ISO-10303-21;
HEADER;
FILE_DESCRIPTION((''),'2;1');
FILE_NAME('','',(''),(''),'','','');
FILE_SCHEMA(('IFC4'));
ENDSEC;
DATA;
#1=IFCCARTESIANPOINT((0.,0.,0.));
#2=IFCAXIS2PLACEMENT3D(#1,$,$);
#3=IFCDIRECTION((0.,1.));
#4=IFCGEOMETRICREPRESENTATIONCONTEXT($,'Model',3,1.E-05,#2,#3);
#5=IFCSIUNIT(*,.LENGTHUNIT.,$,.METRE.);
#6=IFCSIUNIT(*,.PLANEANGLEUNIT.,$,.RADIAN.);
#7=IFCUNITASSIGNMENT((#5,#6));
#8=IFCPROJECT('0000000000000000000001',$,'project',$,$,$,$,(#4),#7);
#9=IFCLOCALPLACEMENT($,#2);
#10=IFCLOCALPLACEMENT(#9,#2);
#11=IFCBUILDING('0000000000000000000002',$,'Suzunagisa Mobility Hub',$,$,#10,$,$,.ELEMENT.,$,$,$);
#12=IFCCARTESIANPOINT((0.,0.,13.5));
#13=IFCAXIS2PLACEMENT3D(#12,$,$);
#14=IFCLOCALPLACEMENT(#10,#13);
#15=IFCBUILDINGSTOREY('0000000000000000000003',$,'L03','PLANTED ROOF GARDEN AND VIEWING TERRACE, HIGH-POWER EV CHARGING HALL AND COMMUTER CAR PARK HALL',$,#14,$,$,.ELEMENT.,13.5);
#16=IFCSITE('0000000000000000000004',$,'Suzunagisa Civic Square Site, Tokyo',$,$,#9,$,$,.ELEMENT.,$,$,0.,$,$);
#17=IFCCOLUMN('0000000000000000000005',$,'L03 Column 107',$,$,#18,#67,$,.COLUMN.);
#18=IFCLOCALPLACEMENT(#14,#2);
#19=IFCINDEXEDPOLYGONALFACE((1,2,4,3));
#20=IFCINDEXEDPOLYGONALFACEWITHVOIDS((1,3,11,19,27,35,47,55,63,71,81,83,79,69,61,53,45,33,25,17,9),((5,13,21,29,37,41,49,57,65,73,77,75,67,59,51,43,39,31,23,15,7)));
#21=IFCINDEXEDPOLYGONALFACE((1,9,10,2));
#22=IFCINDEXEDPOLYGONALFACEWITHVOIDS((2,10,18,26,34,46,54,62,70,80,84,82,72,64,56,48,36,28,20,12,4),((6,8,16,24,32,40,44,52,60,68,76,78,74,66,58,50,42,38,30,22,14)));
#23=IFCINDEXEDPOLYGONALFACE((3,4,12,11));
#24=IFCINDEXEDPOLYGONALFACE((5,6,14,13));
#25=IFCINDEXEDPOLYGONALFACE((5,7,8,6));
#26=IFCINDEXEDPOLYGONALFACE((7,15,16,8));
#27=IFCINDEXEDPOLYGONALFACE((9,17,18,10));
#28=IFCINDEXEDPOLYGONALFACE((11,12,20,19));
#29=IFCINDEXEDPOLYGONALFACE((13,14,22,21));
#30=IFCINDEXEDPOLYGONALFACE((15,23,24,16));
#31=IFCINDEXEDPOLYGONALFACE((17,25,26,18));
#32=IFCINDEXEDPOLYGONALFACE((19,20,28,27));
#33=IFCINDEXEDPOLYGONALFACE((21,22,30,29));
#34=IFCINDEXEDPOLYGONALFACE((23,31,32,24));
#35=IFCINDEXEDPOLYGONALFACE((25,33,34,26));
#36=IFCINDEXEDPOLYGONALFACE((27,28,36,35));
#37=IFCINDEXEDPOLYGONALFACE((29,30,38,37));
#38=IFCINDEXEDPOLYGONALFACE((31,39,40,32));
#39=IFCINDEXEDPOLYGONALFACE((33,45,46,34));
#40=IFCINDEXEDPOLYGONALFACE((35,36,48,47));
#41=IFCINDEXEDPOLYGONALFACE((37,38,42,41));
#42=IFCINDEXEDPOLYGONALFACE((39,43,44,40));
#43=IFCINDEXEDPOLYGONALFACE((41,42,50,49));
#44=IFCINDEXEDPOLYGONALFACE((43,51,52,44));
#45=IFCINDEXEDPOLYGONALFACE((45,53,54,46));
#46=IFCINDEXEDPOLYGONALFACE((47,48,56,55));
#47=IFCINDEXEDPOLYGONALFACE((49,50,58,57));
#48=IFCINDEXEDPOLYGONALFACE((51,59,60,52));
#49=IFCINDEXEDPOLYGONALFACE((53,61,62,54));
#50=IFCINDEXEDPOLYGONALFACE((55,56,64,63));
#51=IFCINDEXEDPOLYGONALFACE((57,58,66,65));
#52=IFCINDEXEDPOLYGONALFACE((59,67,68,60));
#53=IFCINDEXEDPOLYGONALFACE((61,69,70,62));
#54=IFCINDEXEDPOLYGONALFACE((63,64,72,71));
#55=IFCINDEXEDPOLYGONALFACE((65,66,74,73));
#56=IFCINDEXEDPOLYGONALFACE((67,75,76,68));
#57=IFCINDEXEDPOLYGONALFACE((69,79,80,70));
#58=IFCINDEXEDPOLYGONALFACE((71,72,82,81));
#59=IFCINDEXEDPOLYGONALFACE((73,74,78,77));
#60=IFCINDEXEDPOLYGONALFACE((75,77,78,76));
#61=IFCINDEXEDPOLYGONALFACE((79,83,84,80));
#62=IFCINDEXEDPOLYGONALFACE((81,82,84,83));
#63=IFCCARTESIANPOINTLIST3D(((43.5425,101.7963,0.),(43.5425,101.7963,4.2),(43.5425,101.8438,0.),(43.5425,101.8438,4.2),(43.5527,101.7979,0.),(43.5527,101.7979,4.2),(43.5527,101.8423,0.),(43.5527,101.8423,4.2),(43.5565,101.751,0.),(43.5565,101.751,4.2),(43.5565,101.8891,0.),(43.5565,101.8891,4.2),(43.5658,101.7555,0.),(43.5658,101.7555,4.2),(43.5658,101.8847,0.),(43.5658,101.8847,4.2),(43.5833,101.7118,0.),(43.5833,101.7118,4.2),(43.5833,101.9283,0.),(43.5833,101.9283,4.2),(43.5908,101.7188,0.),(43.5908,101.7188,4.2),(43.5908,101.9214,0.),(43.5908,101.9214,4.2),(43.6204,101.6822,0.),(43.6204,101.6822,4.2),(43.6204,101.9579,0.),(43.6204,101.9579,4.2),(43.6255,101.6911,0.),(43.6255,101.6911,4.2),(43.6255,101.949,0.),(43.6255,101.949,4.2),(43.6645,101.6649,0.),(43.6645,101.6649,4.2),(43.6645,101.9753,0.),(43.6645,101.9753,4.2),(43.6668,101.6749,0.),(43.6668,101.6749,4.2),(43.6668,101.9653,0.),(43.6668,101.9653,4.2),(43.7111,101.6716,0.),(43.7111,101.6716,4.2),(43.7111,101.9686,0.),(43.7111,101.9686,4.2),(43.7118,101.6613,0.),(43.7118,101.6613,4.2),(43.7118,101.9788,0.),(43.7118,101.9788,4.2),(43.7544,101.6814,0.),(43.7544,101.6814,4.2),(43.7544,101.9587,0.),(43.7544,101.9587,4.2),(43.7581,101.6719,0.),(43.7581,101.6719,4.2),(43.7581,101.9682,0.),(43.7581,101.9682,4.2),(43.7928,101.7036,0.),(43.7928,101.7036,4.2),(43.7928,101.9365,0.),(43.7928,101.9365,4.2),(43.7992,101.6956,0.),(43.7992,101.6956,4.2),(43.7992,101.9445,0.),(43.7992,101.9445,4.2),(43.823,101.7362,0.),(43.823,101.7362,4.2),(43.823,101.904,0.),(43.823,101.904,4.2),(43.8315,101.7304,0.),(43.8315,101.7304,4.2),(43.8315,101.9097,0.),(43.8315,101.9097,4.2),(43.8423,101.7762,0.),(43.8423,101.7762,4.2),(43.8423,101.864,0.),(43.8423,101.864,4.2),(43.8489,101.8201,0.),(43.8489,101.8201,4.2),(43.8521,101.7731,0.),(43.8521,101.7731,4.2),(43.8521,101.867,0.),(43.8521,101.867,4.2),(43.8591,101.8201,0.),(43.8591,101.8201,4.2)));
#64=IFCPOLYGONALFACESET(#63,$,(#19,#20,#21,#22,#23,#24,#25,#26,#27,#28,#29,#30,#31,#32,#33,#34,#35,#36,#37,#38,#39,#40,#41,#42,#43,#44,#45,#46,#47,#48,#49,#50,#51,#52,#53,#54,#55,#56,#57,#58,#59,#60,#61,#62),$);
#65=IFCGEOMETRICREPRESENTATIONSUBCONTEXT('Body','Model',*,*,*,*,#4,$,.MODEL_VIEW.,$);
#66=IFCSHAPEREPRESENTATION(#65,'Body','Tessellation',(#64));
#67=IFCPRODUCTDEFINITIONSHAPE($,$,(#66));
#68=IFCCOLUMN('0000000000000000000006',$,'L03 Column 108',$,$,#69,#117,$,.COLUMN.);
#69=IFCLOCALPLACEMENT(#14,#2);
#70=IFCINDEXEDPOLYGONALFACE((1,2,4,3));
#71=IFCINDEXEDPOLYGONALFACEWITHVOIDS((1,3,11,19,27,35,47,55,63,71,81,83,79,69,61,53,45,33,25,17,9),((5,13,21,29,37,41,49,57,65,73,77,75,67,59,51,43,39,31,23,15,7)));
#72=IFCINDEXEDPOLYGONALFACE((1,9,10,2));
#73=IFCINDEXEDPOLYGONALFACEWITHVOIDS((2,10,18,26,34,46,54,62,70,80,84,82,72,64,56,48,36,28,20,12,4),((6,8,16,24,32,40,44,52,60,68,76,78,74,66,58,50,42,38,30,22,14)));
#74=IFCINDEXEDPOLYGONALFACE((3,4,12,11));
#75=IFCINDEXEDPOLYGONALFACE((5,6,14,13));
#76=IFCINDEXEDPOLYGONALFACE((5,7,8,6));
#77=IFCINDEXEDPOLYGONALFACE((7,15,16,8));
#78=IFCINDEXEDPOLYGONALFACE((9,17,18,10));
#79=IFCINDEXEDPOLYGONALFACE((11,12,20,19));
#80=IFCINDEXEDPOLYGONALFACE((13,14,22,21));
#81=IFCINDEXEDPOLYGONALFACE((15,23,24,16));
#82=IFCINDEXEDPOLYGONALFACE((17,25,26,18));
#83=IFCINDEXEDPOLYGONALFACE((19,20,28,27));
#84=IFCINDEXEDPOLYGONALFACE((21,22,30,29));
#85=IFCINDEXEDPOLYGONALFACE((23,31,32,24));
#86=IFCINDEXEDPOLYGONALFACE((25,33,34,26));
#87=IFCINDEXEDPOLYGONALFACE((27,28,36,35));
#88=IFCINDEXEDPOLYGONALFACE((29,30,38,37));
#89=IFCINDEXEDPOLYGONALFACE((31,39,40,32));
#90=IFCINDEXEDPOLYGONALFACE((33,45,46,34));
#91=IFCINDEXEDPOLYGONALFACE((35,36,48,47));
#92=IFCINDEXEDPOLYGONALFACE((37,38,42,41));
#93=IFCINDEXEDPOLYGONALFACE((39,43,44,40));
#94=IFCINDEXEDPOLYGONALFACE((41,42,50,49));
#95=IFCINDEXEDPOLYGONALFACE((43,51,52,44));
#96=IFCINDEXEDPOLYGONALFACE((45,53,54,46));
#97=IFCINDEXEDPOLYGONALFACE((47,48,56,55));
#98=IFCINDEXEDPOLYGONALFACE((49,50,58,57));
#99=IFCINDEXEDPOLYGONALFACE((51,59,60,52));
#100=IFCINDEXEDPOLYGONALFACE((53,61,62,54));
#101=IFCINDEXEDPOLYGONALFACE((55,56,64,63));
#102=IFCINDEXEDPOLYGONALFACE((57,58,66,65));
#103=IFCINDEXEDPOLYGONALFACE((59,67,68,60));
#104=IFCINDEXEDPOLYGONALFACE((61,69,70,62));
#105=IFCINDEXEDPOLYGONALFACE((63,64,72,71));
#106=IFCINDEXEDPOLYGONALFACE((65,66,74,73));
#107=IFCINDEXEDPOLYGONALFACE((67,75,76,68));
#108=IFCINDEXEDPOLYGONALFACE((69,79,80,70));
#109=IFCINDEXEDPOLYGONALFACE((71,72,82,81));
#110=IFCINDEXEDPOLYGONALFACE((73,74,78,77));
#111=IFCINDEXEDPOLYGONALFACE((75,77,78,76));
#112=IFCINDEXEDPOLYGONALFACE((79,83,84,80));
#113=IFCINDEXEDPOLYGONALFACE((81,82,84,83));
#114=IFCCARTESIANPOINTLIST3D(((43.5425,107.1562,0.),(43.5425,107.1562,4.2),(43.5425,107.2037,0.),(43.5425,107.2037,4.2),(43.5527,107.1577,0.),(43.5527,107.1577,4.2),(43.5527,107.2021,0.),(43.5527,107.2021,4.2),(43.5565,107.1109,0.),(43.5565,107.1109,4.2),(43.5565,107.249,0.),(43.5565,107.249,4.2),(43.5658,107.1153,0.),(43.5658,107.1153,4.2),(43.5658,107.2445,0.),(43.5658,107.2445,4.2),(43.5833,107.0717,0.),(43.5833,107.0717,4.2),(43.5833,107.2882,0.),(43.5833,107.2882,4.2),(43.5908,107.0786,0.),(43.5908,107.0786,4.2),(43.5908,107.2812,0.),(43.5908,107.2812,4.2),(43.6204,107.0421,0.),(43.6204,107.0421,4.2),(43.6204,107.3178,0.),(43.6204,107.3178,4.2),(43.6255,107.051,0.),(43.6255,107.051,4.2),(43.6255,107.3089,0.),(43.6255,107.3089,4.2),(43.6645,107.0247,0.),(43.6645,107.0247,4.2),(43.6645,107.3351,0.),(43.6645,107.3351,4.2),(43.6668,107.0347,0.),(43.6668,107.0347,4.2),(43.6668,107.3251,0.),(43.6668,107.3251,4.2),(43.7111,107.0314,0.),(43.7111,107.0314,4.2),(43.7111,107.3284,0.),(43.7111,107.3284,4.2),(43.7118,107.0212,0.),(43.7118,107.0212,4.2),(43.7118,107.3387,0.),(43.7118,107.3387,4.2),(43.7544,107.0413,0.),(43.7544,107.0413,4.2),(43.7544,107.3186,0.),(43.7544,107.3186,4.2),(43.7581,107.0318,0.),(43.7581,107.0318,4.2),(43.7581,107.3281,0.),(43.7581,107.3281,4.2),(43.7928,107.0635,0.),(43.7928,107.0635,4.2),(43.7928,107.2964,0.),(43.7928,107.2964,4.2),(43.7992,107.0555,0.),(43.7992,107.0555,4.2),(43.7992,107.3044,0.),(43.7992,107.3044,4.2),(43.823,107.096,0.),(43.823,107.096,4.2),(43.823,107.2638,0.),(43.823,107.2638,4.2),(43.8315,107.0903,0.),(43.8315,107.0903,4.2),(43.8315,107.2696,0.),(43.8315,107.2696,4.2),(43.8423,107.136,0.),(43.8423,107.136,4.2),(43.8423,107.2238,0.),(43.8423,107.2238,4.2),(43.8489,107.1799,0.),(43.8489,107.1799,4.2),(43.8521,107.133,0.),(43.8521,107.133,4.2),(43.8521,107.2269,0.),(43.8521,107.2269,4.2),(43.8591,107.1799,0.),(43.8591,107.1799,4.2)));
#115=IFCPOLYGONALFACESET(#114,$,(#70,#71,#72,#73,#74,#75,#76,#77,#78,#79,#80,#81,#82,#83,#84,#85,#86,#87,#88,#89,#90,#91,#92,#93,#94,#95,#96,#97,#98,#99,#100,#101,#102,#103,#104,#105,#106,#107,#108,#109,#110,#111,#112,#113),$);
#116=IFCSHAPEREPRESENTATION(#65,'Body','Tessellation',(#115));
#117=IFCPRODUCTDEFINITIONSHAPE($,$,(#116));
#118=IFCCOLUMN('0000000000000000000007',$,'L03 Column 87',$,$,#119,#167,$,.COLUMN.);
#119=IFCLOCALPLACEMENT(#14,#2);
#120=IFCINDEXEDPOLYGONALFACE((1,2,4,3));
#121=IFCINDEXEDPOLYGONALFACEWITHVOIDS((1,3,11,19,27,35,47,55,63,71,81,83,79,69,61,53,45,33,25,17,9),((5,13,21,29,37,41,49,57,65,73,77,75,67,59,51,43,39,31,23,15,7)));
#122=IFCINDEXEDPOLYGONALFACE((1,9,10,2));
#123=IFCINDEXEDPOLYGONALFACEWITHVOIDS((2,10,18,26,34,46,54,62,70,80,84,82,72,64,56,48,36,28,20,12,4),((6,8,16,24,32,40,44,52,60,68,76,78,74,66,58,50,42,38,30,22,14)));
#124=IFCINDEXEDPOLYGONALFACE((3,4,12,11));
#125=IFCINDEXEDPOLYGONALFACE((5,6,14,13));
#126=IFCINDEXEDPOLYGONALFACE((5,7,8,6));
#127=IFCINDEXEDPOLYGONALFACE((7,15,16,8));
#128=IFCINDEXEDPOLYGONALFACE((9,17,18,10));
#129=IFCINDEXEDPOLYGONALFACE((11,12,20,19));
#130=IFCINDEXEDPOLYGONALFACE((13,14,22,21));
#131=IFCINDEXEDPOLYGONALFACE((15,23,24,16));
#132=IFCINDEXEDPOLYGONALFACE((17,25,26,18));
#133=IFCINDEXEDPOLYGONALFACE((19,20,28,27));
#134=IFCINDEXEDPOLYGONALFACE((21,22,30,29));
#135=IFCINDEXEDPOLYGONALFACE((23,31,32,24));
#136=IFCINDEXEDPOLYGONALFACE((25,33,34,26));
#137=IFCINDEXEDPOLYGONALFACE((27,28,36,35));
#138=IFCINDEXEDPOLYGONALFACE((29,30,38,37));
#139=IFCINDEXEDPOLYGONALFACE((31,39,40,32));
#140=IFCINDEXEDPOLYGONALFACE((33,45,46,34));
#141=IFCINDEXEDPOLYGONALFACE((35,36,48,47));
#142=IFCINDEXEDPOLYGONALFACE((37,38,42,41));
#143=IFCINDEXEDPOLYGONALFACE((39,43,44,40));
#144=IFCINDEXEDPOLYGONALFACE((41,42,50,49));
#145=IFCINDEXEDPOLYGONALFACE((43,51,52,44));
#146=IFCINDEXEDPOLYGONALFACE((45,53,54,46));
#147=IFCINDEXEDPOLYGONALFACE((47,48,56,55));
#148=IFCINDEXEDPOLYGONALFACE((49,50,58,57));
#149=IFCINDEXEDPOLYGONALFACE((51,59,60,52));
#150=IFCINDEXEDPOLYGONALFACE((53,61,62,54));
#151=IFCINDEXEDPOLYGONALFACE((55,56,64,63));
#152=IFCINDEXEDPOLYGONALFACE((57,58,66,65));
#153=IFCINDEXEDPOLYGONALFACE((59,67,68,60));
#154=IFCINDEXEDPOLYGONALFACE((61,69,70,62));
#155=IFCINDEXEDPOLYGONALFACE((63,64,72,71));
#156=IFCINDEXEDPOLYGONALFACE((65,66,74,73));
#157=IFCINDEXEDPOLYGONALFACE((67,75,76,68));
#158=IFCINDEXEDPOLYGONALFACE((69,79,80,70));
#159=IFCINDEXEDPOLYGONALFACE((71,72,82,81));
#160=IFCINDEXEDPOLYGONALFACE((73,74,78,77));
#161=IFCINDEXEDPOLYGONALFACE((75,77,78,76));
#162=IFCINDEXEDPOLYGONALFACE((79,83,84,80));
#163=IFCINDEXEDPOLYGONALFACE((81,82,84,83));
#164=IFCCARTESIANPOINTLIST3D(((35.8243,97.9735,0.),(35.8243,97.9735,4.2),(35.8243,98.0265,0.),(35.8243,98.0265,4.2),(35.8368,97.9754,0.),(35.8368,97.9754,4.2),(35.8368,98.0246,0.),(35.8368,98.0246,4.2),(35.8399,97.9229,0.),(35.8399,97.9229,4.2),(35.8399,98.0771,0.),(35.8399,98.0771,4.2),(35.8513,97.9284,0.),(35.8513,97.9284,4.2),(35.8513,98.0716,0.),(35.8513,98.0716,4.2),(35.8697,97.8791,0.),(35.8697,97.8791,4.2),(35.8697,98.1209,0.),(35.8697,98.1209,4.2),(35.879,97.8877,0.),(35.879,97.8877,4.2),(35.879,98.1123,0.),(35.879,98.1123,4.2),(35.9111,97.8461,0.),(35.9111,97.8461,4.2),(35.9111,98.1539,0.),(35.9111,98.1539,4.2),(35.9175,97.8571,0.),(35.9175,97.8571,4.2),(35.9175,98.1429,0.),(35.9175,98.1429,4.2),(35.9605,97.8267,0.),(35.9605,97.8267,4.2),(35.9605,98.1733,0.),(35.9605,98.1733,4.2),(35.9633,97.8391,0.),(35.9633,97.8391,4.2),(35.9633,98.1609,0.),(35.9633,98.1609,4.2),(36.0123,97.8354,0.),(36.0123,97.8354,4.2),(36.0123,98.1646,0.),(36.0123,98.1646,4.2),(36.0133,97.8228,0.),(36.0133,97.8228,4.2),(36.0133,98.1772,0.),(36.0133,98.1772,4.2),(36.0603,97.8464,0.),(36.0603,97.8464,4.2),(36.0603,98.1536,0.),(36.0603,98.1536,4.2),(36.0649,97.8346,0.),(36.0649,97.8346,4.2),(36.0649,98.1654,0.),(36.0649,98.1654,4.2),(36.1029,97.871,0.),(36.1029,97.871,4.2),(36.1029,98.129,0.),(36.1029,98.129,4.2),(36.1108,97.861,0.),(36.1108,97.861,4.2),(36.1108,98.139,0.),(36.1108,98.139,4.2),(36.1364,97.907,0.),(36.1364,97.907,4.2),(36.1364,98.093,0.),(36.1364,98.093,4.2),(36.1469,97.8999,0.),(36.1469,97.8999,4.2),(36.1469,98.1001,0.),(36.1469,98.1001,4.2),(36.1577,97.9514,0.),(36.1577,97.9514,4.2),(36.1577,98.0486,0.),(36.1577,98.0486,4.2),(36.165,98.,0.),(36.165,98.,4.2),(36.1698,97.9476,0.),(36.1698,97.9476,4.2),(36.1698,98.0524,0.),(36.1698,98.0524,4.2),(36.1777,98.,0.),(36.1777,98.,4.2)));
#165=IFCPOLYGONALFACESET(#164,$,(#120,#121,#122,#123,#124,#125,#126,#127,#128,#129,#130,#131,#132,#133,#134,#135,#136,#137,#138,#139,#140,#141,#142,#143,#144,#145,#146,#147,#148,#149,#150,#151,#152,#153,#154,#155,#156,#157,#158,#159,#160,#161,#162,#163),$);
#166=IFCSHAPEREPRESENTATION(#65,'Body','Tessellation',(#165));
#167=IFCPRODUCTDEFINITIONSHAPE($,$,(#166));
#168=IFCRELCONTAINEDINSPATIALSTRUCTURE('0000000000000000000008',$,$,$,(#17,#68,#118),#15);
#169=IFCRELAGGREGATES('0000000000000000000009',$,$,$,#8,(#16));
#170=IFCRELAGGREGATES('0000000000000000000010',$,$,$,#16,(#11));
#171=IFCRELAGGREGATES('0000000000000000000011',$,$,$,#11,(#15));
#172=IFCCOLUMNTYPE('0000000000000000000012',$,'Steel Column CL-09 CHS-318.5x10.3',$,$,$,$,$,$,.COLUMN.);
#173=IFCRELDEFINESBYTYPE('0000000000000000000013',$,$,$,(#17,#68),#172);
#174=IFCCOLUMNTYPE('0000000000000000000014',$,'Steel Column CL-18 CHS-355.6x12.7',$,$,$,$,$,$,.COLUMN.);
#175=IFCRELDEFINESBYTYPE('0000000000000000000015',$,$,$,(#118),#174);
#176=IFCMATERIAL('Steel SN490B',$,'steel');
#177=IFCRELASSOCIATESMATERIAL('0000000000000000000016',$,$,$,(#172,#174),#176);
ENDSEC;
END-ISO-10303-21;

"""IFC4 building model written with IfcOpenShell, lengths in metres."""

from ifc_helpers import new_model, si_unit, direction, frame, origin, origin_2d, place, context, subcontext, project, spatial, hollow_circle, extrude, material, material_profile, profile_set, type_object, element, save


model = new_model("IFC4")

# Units and contexts
model_context = context("Model", 3, precision=1e-05, world=origin(), true_north=direction((0.0, 1.0)))
body_context = subcontext(model_context, "Body", "Model", "MODEL_VIEW")
ifc_project = project(units=[si_unit("LENGTHUNIT", "METRE"), si_unit("PLANEANGLEUNIT", "RADIAN")], contexts=[model_context])

# Site, building, storey
site_placement = place(None, origin())
site = spatial("IfcSite", under=ifc_project, at=site_placement, Name="Suzunagisa Civic Square Site, Tokyo", CompositionType="ELEMENT", RefElevation=0.0)
building_placement = place(site_placement, origin())
building = spatial("IfcBuilding", under=site, at=building_placement, Name="Suzunagisa Mobility Hub", CompositionType="ELEMENT")
storey_placement = place(building_placement, frame((0.0, 0.0, 13.5)))
storey = spatial("IfcBuildingStorey", under=building, at=storey_placement, Name="L03", Description="PLANTED ROOF GARDEN AND VIEWING TERRACE, HIGH-POWER EV CHARGING HALL AND COMMUTER CAR PARK HALL", CompositionType="ELEMENT", Elevation=13.5)

# Columns
ifc_material_1 = material(Name="Steel SN490B", Category="steel")
ifc_material_profile_1 = material_profile(ifc_material_1, hollow_circle(Radius=0.1592, WallThickness=0.0103, at=origin_2d()), Name="CHS-318.5x10.3")
ifc_profile_set_1 = profile_set([ifc_material_profile_1], Name="Steel SN490B")
column_type_1 = type_object("IfcColumnType", Name="Steel Column CL-09 CHS-318.5x10.3", PredefinedType="COLUMN", material=ifc_profile_set_1)
for number, where, z_axis, x_axis, name in (
    (1, (43.7, 101.8201, 0.0), (0.0, 0.0, 1.0), (1.0, 0.0, 0.0), "L03 Column 107"),
    (2, (43.7, 107.1799, 0.0), (0.0, 0.0, 1.0), (1.0, 0.0, 0.0), "L03 Column 108"),
):
    element("IfcColumn", number, at=place(storey_placement, frame(where, z_axis=z_axis, x_axis=x_axis)), inside=storey, type_object=column_type_1, Name=name, PredefinedType="COLUMN", context=body_context, shape_type="SweptSolid", body=[
        extrude(hollow_circle(Radius=0.1592, WallThickness=0.0103, at=origin_2d()), origin(), (0.0, 0.0, 1.0), 4.2),
    ])
ifc_material_profile_2 = material_profile(ifc_material_1, hollow_circle(Radius=0.1777, WallThickness=0.0127, at=origin_2d()), Name="CHS-355.6x12.7")
ifc_profile_set_2 = profile_set([ifc_material_profile_2], Name="Steel SN490B")
column_type_2 = type_object("IfcColumnType", Name="Steel Column CL-18 CHS-355.6x12.7", PredefinedType="COLUMN", material=ifc_profile_set_2)
for number, where, z_axis, x_axis, name in (
    (3, (36.0, 98.0, 0.0), (0.0, 0.0, 1.0), (1.0, 0.0, 0.0), "L03 Column 87"),
):
    element("IfcColumn", number, at=place(storey_placement, frame(where, z_axis=z_axis, x_axis=x_axis)), inside=storey, type_object=column_type_2, Name=name, PredefinedType="COLUMN", context=body_context, shape_type="SweptSolid", body=[
        extrude(hollow_circle(Radius=0.1777, WallThickness=0.0127, at=origin_2d()), origin(), (0.0, 0.0, 1.0), 4.2),
    ])

save(model, "model.ifc")
